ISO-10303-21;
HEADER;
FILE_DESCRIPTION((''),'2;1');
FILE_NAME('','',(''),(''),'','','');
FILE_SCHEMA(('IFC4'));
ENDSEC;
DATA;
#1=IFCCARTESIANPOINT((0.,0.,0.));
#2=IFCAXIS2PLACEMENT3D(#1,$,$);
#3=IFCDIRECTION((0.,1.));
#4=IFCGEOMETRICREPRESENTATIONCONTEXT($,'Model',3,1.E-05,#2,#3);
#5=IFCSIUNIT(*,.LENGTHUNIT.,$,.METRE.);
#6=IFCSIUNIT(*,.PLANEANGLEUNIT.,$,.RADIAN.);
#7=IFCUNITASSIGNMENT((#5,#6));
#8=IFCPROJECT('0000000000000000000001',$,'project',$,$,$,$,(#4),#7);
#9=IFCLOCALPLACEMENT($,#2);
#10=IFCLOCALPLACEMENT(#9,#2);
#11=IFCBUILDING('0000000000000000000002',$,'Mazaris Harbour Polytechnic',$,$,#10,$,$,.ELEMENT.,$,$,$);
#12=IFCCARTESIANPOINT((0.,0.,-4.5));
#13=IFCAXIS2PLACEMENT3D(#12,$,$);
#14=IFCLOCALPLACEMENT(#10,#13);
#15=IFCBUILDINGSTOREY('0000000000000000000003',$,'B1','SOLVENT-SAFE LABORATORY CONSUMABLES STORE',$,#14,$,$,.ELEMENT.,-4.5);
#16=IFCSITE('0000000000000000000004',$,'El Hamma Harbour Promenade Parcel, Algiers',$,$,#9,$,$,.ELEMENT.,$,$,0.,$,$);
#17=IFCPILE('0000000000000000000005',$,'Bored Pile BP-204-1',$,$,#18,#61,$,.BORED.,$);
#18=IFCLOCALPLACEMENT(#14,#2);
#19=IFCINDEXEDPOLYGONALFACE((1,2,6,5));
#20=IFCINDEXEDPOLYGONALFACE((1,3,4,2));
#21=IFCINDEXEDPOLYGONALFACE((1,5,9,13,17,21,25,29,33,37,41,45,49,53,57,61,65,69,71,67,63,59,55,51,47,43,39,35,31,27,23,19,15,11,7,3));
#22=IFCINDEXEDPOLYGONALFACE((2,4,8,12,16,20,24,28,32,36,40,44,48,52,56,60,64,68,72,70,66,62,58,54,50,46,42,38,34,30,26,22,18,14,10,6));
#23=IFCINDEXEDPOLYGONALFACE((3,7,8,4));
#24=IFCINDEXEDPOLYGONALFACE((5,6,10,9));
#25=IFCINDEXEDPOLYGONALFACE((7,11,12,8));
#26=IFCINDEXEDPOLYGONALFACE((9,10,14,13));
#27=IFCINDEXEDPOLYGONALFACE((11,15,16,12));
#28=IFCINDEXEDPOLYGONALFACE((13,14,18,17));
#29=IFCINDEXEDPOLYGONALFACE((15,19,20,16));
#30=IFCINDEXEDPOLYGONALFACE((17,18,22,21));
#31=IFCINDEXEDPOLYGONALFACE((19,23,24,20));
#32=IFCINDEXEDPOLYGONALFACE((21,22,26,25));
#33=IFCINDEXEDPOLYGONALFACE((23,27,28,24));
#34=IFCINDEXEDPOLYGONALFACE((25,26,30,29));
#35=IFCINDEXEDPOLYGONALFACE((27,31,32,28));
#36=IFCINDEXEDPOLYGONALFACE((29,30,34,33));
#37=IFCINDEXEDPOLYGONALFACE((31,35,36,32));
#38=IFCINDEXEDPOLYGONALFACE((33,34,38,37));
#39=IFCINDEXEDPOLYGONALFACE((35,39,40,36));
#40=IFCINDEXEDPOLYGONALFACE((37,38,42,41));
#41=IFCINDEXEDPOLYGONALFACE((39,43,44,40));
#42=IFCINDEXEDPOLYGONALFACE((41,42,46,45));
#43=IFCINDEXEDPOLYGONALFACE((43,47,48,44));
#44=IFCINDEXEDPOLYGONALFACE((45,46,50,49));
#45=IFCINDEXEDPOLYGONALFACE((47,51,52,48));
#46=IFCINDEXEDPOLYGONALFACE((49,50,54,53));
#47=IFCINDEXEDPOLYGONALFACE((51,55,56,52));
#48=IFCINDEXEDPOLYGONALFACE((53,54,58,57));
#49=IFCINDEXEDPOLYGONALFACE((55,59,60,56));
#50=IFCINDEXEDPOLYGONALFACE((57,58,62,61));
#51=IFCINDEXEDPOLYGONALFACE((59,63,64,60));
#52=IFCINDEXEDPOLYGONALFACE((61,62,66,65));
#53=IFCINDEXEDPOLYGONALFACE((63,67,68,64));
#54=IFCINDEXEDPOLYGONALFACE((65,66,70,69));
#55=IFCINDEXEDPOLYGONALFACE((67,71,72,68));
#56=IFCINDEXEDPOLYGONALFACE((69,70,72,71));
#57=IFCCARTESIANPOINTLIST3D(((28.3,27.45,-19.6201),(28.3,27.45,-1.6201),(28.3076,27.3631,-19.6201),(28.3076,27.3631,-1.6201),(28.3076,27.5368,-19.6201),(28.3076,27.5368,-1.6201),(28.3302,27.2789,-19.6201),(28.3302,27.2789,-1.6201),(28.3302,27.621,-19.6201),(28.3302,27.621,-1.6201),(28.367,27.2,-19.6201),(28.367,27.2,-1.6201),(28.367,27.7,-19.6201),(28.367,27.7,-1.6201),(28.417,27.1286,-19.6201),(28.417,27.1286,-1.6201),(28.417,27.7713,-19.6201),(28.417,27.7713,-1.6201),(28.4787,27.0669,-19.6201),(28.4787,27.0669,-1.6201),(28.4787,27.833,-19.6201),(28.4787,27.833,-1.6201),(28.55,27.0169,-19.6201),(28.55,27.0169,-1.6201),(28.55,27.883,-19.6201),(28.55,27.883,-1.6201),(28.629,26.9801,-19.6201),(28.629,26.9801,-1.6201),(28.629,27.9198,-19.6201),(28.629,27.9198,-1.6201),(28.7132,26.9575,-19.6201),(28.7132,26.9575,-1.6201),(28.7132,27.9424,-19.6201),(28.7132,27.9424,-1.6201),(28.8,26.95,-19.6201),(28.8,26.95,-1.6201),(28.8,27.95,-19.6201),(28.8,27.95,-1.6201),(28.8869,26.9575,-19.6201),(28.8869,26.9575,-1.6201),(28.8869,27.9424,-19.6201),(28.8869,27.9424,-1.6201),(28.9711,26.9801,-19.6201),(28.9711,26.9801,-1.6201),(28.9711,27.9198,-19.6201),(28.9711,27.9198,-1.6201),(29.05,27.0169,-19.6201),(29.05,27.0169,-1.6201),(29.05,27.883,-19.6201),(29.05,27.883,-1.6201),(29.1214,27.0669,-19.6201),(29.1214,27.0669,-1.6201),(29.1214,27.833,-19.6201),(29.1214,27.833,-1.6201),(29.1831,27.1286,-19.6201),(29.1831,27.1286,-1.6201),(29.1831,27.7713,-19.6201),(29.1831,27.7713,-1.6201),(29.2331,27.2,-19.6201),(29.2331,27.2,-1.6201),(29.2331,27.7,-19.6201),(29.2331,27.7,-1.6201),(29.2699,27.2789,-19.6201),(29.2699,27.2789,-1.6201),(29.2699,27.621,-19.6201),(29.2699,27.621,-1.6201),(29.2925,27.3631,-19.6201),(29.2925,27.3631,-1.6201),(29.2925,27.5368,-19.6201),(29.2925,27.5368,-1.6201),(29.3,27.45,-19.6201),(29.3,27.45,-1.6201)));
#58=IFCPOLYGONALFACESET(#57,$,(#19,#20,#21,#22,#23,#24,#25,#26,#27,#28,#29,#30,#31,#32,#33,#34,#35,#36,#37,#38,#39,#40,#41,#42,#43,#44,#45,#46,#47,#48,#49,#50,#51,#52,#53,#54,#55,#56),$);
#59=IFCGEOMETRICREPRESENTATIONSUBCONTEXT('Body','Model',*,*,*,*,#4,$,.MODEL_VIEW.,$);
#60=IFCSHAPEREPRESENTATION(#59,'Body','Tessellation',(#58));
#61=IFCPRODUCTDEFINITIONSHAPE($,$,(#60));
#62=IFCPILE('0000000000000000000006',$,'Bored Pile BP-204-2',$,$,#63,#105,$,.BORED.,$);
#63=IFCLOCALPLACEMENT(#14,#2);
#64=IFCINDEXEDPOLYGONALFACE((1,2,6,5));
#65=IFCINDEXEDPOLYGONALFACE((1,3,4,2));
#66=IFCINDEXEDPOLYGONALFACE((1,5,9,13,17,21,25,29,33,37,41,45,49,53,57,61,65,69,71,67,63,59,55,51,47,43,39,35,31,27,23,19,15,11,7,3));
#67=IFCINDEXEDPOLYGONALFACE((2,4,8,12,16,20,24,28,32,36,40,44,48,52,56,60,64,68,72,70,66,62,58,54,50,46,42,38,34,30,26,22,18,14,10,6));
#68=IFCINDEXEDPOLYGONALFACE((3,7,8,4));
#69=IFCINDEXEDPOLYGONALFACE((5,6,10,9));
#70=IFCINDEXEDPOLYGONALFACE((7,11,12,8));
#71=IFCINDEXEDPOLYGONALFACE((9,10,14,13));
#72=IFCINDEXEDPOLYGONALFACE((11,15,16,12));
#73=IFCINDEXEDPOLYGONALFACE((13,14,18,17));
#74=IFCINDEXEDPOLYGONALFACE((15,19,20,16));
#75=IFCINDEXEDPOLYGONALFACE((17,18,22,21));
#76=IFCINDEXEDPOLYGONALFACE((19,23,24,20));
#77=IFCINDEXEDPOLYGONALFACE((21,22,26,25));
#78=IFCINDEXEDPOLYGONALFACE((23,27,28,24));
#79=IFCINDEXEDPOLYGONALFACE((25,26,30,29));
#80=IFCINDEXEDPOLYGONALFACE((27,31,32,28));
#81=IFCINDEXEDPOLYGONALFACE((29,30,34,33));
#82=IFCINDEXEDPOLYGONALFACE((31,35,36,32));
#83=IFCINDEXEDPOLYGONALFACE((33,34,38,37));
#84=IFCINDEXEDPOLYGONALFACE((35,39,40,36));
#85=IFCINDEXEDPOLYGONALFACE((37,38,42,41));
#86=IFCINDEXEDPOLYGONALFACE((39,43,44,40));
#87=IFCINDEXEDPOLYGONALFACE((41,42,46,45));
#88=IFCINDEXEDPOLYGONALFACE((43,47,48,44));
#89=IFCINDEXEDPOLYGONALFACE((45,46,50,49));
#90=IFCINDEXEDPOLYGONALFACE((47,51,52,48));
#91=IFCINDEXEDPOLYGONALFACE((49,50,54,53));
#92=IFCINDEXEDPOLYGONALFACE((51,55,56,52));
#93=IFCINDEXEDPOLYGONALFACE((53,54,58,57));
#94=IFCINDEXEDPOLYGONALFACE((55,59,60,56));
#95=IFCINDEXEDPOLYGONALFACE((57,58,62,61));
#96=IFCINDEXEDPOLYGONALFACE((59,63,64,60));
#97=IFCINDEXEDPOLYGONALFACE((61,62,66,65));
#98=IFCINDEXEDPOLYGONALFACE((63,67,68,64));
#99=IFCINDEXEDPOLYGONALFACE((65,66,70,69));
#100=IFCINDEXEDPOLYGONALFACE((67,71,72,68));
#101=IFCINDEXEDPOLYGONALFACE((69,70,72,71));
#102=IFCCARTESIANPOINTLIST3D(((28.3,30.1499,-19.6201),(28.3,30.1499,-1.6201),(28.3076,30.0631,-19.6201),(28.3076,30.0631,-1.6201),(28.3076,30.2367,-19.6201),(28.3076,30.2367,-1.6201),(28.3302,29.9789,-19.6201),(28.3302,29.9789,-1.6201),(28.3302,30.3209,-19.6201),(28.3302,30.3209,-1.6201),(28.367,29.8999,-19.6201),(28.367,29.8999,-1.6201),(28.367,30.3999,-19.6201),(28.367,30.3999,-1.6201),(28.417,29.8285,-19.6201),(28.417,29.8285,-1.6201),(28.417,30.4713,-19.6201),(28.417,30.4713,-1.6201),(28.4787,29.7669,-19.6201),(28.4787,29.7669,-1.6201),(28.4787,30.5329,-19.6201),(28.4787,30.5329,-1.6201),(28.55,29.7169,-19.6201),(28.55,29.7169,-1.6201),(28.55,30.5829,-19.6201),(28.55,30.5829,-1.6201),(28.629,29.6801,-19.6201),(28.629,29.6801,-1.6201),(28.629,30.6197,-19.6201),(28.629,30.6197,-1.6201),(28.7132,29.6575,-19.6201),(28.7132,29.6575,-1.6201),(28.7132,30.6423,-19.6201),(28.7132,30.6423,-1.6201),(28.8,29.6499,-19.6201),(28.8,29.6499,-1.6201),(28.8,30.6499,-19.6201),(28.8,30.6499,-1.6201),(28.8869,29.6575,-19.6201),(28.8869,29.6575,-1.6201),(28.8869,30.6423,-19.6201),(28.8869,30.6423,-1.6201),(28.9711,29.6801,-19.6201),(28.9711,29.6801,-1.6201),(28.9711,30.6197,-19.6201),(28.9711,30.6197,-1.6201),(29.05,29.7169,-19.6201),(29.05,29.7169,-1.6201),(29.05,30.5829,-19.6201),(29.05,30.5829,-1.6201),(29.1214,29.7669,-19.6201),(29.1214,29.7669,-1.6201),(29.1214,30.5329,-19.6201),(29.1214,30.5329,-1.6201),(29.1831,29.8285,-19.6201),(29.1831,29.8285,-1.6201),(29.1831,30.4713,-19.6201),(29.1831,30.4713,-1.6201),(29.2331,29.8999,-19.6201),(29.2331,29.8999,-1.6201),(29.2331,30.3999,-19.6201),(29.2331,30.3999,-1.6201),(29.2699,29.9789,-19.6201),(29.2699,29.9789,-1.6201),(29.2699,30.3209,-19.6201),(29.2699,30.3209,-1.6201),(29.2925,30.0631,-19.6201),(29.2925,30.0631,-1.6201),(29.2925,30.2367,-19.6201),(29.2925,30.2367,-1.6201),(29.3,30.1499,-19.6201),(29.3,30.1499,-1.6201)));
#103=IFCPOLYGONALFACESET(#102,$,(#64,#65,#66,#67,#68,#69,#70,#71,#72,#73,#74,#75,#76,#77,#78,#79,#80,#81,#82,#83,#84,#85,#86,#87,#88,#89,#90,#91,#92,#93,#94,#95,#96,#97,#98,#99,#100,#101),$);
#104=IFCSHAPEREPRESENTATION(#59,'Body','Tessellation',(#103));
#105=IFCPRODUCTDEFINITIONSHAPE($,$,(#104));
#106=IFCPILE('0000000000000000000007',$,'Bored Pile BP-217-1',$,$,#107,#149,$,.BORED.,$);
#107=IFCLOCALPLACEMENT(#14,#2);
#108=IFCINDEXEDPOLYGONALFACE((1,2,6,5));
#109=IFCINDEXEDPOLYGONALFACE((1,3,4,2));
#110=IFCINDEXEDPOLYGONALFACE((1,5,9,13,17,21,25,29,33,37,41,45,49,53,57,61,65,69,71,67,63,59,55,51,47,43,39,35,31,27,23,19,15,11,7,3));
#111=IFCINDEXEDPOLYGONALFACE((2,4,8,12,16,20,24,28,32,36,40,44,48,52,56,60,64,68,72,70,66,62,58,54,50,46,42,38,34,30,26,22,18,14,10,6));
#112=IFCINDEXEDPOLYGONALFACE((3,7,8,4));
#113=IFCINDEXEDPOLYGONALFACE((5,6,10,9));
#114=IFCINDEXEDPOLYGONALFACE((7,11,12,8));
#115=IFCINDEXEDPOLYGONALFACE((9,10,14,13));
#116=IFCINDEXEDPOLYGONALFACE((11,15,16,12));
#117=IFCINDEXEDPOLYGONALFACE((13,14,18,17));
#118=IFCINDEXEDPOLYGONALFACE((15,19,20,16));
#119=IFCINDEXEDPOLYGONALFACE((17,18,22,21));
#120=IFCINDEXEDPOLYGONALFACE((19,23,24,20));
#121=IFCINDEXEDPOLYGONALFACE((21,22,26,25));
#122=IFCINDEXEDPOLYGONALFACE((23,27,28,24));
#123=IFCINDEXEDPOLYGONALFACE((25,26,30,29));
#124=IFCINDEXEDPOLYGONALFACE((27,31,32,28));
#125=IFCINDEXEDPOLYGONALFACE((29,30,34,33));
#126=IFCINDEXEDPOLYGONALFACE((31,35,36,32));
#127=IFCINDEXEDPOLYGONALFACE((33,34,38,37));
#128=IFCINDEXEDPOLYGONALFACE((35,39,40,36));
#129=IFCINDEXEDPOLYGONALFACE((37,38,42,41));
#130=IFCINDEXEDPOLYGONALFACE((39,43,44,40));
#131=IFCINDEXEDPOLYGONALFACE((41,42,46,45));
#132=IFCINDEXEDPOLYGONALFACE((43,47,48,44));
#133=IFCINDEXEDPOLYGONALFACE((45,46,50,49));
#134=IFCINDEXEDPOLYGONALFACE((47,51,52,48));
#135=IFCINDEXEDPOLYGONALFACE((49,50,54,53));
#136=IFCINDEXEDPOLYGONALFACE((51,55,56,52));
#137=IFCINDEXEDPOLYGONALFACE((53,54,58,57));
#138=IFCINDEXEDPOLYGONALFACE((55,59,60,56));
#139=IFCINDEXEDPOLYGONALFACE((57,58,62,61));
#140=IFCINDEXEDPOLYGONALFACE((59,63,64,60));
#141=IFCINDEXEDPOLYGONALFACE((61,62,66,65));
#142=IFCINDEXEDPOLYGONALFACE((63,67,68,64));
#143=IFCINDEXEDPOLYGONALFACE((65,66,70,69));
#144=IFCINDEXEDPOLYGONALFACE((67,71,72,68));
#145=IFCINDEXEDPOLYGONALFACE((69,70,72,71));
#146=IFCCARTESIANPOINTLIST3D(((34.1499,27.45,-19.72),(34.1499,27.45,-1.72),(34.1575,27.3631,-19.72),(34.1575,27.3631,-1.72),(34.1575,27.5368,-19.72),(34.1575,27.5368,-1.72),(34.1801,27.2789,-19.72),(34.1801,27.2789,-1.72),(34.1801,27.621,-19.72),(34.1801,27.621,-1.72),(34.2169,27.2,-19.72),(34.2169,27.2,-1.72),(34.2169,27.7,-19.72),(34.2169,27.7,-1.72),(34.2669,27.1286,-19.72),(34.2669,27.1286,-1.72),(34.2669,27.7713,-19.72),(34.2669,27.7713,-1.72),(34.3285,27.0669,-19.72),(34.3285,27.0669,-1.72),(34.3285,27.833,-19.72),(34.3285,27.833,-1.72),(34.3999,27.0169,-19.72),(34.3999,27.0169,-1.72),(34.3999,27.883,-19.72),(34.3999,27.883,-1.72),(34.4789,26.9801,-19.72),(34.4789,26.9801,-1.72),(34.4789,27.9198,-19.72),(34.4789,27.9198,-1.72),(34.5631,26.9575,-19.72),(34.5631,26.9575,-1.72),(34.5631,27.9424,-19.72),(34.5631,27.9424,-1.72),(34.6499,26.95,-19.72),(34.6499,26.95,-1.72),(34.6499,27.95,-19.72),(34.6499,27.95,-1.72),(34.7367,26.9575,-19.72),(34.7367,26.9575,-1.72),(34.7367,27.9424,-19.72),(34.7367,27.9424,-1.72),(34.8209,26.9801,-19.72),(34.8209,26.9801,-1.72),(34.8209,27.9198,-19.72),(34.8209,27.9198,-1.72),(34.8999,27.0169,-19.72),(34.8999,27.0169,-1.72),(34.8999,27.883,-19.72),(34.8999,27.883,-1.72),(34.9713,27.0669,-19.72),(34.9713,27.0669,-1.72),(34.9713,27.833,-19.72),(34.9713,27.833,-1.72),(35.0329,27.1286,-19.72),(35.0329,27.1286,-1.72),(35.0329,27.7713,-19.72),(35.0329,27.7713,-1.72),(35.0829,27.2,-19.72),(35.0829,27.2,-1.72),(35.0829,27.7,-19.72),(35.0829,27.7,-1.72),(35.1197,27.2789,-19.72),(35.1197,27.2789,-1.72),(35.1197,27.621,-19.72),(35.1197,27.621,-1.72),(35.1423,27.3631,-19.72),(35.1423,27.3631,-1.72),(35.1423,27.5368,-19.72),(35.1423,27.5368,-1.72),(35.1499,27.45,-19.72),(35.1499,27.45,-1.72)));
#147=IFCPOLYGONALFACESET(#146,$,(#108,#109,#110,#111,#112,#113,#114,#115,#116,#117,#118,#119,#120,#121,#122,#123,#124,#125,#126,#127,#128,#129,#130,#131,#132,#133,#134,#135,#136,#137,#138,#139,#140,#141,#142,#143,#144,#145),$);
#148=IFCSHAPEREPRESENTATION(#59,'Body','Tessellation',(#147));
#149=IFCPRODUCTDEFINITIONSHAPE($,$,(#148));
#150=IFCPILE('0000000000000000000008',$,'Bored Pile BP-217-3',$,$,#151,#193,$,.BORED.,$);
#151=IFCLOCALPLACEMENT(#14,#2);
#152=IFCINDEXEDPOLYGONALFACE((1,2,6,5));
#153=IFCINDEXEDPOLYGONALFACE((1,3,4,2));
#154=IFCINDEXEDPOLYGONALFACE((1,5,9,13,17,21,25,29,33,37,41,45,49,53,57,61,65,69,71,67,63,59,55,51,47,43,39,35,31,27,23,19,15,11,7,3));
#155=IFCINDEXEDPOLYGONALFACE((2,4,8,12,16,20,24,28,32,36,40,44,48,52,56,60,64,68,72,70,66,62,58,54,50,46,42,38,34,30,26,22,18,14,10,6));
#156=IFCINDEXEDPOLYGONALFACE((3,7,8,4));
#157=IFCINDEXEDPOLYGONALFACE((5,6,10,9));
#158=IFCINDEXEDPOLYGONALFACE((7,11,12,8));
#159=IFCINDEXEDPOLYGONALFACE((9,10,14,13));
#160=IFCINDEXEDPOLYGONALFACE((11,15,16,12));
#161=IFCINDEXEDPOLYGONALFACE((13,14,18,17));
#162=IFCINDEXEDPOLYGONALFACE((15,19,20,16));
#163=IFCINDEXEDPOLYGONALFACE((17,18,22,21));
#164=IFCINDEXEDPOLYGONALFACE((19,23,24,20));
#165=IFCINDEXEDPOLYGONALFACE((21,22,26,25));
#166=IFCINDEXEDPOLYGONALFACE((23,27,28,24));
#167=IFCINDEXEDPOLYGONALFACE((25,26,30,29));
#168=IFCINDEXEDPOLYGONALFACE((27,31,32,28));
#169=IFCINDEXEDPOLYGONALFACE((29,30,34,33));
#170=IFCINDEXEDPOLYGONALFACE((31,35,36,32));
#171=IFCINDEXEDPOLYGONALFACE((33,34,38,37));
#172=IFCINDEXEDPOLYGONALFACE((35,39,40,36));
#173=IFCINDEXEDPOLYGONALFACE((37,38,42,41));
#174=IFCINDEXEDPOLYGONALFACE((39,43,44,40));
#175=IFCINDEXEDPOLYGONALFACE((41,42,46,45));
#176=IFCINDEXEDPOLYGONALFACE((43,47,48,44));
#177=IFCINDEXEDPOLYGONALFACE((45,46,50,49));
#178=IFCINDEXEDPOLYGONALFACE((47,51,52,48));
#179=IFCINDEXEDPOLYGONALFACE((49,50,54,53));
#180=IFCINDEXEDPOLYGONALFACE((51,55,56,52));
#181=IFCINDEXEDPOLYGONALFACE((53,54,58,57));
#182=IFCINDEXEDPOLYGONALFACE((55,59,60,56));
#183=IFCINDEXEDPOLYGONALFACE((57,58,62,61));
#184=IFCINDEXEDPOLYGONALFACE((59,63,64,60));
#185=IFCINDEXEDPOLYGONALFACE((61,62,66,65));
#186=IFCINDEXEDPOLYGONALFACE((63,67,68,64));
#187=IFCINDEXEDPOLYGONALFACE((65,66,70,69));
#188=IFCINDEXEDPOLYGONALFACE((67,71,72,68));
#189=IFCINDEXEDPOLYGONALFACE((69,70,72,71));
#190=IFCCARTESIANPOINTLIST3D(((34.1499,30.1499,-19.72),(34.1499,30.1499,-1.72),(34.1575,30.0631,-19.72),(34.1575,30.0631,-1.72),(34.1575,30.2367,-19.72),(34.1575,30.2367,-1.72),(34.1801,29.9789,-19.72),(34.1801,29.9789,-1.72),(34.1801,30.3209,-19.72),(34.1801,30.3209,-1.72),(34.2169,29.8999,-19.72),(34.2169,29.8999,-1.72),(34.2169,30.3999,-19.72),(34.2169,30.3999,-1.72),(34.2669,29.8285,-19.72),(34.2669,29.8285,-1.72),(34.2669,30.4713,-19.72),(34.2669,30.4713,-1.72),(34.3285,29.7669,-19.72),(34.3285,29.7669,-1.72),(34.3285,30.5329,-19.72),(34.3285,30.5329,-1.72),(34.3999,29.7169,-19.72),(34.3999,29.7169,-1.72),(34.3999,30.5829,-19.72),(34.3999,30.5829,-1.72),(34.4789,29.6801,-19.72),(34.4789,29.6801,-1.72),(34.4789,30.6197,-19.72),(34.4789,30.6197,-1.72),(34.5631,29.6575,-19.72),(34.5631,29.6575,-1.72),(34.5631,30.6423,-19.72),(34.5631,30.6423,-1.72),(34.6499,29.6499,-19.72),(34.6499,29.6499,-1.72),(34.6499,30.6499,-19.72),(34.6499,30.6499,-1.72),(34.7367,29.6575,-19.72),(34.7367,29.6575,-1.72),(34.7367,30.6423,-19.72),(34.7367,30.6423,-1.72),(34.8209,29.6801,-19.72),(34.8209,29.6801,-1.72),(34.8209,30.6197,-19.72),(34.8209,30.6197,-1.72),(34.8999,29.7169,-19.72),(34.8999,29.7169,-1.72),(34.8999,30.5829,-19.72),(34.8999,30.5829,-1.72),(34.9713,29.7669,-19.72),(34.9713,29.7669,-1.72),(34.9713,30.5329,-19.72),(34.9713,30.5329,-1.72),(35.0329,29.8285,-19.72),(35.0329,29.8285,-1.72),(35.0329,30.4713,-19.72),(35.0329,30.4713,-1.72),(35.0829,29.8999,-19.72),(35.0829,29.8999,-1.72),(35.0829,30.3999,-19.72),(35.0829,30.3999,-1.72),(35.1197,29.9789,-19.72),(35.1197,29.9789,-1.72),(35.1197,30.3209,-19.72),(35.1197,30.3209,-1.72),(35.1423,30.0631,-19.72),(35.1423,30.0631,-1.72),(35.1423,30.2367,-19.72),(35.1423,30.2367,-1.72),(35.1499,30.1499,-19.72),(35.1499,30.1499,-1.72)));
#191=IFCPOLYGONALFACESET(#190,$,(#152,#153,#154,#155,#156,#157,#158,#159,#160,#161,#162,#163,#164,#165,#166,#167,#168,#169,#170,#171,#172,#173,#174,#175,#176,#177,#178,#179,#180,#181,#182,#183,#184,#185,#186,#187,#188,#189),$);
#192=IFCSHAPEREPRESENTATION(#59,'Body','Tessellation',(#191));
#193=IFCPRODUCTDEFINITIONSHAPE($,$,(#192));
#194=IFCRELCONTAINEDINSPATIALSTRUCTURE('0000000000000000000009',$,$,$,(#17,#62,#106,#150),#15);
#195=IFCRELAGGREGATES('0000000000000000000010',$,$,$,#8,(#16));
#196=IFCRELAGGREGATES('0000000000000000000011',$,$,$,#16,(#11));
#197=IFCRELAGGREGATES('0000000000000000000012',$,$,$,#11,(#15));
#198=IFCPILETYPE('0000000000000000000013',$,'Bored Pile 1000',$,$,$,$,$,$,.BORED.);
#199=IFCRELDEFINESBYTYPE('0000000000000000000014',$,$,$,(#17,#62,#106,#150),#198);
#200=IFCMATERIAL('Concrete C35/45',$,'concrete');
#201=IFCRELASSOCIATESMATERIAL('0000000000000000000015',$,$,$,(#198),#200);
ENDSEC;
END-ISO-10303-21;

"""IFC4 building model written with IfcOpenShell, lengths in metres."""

from ifc_helpers import new_model, si_unit, direction, frame, origin, origin_2d, place, context, subcontext, project, spatial, circle, extrude, material, material_profile, profile_set, type_object, element, save


model = new_model("IFC4")

# Units and contexts
model_context = context("Model", 3, precision=1e-05, world=origin(), true_north=direction((0.0, 1.0)))
body_context = subcontext(model_context, "Body", "Model", "MODEL_VIEW")
ifc_project = project(units=[si_unit("LENGTHUNIT", "METRE"), si_unit("PLANEANGLEUNIT", "RADIAN")], contexts=[model_context])

# Site, building, storey
site_placement = place(None, origin())
site = spatial("IfcSite", under=ifc_project, at=site_placement, Name="El Hamma Harbour Promenade Parcel, Algiers", CompositionType="ELEMENT", RefElevation=0.0)
building_placement = place(site_placement, origin())
building = spatial("IfcBuilding", under=site, at=building_placement, Name="Mazaris Harbour Polytechnic", CompositionType="ELEMENT")
storey_placement = place(building_placement, frame((0.0, 0.0, -4.5)))
storey = spatial("IfcBuildingStorey", under=building, at=storey_placement, Name="B1", Description="SOLVENT-SAFE LABORATORY CONSUMABLES STORE", CompositionType="ELEMENT", Elevation=-4.5)

# Piles
ifc_material_1 = material(Name="Concrete C35/45", Category="concrete")
ifc_material_profile_1 = material_profile(ifc_material_1, circle(Radius=0.5, at=origin_2d()), Name="DIA1000")
ifc_profile_set_1 = profile_set([ifc_material_profile_1], Name="Concrete C35/45")
pile_type_1 = type_object("IfcPileType", Name="Bored Pile 1000", PredefinedType="BORED", material=ifc_profile_set_1)
for number, where, z_axis, x_axis, name in (
    (1, (28.8, 27.45, -1.6201), (0.0, 0.0, -1.0), (1.0, 0.0, 0.0), "Bored Pile BP-204-1"),
    (2, (28.8, 30.1499, -1.6201), (0.0, 0.0, -1.0), (1.0, 0.0, 0.0), "Bored Pile BP-204-2"),
    (3, (34.6499, 27.45, -1.72), (0.0, 0.0, -1.0), (1.0, 0.0, 0.0), "Bored Pile BP-217-1"),
    (4, (34.6499, 30.1499, -1.72), (0.0, 0.0, -1.0), (1.0, 0.0, 0.0), "Bored Pile BP-217-3"),
):
    element("IfcPile", number, at=place(storey_placement, frame(where, z_axis=z_axis, x_axis=x_axis)), inside=storey, type_object=pile_type_1, Name=name, PredefinedType="BORED", context=body_context, shape_type="SweptSolid", body=[
        extrude(circle(Radius=0.5, at=origin_2d()), origin(), (0.0, 0.0, 1.0), 18.0),
    ])

save(model, "model.ifc")
